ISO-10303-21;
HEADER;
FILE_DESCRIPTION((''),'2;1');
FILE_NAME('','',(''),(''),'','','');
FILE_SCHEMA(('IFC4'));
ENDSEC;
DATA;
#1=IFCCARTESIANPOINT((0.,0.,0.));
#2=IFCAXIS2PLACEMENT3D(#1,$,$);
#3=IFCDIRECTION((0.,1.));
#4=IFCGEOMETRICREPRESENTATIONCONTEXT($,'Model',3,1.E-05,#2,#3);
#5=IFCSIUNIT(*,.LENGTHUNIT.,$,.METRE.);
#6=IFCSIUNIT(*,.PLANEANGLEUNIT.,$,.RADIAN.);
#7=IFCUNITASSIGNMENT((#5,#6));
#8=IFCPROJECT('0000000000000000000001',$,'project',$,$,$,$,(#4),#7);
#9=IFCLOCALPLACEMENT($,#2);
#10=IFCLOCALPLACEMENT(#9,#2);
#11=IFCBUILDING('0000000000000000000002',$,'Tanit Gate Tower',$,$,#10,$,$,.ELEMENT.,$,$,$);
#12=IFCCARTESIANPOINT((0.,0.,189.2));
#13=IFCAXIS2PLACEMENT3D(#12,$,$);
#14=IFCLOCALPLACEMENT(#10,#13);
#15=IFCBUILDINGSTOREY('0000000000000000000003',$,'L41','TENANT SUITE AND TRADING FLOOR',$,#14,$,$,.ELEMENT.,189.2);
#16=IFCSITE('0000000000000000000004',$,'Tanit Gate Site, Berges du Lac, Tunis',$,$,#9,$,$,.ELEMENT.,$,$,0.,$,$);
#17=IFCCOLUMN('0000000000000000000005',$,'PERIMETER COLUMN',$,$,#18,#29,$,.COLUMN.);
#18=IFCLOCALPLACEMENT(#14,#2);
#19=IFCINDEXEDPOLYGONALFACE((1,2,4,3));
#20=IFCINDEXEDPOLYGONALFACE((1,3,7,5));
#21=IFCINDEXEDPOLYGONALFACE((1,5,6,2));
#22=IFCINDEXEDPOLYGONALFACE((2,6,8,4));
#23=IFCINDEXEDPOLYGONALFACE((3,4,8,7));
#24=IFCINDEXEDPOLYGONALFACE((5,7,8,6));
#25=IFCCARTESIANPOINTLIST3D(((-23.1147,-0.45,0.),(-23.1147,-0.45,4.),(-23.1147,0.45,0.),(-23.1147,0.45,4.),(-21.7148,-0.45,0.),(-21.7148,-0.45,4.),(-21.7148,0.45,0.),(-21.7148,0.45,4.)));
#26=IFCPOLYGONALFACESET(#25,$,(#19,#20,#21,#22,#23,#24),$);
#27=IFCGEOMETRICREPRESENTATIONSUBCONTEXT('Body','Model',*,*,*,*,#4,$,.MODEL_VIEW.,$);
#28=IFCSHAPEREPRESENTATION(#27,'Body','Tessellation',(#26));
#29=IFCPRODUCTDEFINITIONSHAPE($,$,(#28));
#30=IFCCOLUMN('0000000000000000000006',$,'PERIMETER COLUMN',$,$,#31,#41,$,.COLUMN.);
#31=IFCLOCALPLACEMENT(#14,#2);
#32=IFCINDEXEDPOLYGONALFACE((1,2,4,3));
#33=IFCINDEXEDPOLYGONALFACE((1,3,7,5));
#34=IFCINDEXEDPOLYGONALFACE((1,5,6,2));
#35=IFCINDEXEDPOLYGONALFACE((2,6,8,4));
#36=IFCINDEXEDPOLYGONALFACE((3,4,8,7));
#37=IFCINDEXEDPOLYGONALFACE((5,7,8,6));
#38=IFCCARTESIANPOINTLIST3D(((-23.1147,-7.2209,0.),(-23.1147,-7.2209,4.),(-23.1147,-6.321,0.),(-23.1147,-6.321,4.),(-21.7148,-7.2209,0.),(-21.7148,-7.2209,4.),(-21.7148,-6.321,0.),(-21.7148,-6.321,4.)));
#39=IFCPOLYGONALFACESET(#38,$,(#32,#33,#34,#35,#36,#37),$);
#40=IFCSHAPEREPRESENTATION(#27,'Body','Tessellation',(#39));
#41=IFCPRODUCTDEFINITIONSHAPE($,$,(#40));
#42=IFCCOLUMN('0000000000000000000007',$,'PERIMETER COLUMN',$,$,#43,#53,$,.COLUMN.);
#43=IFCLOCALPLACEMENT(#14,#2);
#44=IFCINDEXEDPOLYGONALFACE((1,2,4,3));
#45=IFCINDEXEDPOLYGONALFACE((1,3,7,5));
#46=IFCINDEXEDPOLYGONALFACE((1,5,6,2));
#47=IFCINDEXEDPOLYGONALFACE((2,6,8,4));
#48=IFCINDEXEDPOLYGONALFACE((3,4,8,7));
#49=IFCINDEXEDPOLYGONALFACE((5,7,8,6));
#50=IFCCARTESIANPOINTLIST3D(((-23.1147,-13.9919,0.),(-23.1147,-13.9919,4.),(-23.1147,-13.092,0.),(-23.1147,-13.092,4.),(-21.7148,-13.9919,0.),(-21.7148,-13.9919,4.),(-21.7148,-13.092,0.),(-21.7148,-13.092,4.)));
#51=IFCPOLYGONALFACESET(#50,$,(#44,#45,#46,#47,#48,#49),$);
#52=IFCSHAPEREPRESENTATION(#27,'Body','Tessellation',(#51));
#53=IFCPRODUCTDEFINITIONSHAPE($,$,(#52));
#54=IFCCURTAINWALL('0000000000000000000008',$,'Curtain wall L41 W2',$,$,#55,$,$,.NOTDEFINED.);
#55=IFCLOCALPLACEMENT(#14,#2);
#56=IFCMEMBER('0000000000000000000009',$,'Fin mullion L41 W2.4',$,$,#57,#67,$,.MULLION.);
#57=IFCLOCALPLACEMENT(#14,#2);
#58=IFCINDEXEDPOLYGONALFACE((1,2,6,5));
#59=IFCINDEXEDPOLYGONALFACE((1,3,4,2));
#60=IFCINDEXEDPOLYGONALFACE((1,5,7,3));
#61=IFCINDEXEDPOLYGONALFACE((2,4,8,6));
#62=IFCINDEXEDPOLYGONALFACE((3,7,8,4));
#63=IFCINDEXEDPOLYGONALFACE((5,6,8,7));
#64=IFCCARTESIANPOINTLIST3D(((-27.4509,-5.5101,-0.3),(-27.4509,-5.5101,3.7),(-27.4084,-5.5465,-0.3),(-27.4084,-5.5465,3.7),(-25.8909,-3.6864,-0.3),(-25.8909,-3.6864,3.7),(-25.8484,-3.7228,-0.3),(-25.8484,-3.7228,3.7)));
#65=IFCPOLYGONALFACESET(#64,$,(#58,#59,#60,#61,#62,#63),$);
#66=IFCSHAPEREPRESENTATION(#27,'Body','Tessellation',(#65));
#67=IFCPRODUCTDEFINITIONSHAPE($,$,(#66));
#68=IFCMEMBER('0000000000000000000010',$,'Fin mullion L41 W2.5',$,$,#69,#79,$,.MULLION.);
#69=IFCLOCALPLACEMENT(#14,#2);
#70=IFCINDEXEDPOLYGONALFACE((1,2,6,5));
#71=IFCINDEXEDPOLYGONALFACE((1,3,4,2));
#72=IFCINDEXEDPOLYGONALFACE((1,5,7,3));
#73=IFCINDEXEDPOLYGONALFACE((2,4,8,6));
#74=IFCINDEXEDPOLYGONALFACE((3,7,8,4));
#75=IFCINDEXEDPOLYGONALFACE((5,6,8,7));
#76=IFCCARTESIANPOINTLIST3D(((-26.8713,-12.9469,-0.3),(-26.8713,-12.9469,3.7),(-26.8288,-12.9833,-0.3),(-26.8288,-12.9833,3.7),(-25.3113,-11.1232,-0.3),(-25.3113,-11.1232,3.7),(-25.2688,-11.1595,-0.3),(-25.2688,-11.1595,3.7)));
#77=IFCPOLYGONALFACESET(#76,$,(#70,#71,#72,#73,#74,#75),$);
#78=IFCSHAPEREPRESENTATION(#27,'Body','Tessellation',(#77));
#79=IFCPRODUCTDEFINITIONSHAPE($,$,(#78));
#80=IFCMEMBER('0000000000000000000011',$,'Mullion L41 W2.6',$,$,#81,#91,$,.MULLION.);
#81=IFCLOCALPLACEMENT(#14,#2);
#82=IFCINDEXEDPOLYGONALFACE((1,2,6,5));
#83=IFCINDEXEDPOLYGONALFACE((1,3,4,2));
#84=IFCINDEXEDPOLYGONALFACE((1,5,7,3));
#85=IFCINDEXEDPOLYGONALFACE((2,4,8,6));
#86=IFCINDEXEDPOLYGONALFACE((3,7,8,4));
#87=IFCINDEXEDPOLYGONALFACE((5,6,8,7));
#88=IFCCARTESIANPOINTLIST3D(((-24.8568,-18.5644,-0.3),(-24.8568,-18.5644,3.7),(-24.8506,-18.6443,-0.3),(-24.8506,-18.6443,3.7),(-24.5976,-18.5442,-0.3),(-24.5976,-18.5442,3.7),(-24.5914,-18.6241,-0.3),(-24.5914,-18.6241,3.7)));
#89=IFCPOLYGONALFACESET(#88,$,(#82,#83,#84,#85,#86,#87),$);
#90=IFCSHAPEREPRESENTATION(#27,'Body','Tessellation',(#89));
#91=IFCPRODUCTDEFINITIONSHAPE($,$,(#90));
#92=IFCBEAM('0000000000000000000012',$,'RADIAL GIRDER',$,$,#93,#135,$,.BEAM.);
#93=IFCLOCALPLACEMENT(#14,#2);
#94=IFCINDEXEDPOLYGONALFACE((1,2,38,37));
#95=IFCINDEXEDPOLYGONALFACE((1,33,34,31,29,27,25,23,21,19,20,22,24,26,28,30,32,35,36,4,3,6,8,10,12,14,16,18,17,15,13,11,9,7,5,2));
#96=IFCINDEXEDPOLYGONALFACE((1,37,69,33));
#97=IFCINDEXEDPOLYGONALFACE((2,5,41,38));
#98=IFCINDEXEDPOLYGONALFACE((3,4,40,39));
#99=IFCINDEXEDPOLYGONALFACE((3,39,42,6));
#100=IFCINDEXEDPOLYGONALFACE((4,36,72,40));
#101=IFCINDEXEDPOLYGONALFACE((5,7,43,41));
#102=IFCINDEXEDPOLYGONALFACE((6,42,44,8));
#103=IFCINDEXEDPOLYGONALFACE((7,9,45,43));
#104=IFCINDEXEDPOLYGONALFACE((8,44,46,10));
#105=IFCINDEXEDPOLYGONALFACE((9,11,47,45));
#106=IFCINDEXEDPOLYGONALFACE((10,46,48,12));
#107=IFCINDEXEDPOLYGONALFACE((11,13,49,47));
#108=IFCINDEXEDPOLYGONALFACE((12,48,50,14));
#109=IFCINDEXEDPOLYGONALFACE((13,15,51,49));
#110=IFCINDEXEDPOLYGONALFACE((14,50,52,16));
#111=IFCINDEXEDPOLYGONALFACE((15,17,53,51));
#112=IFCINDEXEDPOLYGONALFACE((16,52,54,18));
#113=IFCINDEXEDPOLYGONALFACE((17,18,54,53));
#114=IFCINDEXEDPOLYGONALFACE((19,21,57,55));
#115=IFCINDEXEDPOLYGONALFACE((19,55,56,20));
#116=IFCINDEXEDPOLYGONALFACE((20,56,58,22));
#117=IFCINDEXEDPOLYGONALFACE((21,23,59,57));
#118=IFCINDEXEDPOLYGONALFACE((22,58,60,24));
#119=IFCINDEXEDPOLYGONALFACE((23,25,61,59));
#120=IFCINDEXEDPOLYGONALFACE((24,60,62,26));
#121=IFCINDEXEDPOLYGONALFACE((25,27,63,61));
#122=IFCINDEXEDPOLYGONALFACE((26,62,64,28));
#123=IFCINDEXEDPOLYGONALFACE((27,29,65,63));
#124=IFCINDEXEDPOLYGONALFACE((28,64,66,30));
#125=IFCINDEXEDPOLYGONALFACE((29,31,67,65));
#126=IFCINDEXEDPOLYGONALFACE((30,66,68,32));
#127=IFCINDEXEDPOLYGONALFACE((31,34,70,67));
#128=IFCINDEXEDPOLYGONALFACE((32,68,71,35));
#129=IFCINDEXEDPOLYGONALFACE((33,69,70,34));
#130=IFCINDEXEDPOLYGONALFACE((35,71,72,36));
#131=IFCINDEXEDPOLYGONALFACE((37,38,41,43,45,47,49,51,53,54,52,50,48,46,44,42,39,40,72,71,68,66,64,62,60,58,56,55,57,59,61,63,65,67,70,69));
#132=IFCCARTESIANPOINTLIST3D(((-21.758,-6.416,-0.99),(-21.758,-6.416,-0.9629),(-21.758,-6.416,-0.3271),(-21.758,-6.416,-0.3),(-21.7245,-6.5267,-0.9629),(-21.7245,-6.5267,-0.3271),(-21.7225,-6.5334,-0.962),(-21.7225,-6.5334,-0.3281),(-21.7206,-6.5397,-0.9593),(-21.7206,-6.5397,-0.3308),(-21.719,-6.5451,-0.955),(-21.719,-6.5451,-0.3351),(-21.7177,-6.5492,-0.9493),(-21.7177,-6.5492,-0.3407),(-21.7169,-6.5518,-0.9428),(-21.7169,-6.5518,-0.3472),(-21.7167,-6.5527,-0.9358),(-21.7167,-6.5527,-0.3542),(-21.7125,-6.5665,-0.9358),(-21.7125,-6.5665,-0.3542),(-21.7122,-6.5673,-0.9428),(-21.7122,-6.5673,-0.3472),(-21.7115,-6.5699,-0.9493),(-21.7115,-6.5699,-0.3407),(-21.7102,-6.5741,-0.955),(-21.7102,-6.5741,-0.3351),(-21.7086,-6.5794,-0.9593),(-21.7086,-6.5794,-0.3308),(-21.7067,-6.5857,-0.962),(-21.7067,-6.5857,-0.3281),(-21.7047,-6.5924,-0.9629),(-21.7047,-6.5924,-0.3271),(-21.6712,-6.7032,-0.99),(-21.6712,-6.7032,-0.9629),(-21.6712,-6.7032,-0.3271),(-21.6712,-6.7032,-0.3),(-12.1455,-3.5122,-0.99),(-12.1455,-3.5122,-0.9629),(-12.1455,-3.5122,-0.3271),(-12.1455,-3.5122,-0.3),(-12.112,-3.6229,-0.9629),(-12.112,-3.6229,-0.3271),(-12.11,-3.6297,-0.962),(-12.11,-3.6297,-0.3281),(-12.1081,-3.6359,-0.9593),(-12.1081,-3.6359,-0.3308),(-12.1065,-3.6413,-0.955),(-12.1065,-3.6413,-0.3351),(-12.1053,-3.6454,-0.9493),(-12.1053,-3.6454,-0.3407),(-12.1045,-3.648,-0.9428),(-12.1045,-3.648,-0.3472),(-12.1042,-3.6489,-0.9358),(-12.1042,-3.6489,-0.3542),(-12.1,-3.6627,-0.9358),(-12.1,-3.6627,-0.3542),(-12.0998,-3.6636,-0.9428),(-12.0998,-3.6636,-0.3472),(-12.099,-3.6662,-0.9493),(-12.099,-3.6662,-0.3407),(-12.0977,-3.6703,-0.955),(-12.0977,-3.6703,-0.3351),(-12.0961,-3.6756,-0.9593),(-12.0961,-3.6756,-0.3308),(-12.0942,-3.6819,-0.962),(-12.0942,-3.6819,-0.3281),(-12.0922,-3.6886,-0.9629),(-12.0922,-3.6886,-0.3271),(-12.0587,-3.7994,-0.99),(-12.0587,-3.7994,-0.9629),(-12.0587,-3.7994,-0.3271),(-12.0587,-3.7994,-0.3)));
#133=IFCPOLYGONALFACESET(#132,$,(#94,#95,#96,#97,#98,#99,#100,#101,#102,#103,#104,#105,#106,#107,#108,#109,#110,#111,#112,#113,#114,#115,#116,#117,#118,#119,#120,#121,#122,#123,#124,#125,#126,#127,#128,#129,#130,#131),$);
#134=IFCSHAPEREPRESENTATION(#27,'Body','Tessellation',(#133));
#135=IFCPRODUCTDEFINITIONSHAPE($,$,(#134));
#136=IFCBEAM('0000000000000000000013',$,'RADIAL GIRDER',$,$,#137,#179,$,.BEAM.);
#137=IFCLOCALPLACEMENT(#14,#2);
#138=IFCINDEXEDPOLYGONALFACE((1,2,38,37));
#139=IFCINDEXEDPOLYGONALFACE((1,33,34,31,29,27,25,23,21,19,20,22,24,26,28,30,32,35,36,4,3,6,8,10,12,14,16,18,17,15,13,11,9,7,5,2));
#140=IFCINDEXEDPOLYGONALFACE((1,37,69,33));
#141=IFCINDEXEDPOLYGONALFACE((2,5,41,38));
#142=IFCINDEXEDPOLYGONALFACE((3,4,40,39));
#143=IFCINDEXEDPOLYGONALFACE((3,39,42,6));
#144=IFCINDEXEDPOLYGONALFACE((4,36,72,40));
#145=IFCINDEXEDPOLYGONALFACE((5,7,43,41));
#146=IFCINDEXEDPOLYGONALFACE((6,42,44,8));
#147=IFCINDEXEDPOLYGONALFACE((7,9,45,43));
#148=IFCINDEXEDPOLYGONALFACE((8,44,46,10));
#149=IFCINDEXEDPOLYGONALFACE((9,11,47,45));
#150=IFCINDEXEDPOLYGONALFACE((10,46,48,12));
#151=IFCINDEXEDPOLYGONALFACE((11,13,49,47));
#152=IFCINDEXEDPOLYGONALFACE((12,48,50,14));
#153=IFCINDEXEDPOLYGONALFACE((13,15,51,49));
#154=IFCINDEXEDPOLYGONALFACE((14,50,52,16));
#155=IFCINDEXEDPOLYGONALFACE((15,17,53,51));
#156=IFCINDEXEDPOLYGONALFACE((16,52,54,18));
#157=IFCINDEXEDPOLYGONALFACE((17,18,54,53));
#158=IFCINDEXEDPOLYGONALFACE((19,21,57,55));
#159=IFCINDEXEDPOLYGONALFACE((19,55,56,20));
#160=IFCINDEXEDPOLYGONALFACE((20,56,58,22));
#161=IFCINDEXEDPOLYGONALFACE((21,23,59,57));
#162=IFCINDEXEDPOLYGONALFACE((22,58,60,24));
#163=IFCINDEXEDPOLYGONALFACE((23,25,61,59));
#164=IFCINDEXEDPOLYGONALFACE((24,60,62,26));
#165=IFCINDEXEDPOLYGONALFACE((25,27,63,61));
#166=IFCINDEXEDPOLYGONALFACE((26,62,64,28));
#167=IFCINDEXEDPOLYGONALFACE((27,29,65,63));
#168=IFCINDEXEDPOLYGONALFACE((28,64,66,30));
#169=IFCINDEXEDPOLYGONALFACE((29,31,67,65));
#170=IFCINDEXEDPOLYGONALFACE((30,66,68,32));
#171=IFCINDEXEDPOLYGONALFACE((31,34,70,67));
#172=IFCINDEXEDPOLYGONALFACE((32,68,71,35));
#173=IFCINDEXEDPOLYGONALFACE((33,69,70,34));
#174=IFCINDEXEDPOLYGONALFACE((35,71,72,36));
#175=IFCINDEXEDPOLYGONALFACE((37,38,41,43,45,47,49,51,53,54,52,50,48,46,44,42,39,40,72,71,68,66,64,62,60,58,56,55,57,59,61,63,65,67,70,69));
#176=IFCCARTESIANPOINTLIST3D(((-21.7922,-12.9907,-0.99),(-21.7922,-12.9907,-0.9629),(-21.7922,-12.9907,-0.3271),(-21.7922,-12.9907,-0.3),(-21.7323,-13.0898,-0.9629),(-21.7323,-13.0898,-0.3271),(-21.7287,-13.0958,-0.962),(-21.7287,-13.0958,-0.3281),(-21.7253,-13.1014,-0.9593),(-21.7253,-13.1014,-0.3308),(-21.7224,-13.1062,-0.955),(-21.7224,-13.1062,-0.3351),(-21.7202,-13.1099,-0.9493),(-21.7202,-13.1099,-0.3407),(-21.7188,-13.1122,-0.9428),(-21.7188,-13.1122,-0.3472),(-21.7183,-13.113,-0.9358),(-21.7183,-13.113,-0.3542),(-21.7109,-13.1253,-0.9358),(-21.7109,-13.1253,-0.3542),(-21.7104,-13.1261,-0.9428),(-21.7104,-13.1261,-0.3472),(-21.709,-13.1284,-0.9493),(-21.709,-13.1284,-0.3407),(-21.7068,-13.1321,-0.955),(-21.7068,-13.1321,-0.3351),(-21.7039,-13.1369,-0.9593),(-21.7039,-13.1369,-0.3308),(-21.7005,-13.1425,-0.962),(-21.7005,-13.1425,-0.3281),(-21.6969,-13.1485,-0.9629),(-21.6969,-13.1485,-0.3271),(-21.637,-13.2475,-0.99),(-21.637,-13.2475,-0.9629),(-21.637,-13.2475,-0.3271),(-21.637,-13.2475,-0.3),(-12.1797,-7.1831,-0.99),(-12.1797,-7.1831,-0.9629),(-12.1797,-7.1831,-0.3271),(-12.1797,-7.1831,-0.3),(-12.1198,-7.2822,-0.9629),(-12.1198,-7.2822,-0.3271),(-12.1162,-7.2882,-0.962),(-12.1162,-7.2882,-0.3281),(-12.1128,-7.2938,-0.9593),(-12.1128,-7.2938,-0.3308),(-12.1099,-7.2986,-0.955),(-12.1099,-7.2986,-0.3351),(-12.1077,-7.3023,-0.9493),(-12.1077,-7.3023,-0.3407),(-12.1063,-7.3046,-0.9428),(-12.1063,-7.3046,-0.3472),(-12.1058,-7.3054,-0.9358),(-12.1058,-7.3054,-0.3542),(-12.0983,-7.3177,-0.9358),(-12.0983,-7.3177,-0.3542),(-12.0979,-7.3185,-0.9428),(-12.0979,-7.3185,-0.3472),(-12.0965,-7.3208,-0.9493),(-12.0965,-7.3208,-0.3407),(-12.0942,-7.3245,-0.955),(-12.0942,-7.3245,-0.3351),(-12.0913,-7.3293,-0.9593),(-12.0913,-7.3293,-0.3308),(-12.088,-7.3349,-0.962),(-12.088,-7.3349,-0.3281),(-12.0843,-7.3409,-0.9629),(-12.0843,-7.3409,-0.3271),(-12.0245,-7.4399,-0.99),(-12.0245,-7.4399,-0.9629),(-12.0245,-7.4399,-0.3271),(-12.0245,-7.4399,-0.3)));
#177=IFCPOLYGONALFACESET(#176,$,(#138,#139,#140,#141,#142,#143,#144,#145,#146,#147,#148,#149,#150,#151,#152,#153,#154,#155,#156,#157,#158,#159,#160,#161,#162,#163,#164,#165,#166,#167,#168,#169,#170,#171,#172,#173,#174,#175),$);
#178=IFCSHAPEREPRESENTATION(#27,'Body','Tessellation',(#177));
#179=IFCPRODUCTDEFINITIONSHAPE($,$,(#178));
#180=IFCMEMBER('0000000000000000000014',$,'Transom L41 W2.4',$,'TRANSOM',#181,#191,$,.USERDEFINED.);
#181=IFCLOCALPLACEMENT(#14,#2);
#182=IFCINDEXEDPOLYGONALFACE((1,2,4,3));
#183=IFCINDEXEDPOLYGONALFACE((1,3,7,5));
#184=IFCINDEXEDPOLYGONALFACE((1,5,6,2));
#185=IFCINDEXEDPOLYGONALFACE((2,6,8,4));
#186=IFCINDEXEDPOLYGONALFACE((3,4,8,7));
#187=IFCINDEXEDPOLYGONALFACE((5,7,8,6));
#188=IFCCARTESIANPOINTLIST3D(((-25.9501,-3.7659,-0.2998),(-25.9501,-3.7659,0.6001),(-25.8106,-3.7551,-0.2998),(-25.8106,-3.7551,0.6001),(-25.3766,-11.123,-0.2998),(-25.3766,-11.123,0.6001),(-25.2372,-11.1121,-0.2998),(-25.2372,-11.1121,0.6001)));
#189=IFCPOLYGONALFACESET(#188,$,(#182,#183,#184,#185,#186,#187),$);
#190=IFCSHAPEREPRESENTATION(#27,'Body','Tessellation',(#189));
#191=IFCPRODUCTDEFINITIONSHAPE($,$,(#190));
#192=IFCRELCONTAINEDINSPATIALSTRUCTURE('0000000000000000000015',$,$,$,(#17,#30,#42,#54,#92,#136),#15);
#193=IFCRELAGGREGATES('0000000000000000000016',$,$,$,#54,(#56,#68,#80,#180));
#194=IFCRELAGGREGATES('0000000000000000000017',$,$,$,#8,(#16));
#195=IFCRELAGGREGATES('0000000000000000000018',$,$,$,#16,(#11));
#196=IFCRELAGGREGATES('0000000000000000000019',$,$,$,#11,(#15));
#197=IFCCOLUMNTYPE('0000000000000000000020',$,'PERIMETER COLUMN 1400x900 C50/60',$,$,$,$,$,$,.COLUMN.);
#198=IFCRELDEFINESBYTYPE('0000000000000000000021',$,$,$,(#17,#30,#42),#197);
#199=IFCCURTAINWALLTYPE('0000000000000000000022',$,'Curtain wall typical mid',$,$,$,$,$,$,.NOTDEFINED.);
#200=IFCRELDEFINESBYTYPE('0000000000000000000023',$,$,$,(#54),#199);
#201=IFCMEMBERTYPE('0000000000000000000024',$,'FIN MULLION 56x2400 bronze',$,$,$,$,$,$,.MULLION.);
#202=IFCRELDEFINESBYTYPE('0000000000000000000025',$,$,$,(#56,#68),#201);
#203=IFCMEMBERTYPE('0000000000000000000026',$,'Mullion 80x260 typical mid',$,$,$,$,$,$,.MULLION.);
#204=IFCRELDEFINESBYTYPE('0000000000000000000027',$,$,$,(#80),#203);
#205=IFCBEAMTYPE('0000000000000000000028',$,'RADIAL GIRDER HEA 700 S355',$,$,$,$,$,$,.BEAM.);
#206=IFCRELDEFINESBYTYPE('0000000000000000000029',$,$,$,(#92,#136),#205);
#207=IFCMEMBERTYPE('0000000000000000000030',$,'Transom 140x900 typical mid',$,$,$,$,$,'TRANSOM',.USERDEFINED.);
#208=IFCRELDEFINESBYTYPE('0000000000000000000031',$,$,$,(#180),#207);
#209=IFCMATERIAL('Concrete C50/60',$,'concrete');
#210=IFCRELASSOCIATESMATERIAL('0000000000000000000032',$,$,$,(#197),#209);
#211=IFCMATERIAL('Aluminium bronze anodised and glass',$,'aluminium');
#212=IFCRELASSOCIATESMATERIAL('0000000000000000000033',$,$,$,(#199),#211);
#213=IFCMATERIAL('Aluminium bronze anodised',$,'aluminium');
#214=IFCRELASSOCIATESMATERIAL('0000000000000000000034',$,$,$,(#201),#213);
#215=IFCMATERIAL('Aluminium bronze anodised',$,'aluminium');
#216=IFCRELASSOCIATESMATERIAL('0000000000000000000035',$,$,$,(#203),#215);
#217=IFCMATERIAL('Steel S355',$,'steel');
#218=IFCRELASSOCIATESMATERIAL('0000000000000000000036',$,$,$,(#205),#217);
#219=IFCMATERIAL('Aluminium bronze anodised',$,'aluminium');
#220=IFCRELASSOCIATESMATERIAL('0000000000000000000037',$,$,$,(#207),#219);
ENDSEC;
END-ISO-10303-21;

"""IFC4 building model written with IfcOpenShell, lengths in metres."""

from ifc_helpers import new_model, si_unit, direction, frame, origin, origin_2d, place, context, subcontext, project, spatial, rectangle, i_section, extrude, material, material_profile, profile_set, type_object, element, aggregate, save


model = new_model("IFC4")

# Units and contexts
model_context = context("Model", 3, precision=1e-05, world=origin(), true_north=direction((0.0, 1.0)))
body_context = subcontext(model_context, "Body", "Model", "MODEL_VIEW")
ifc_project = project(units=[si_unit("LENGTHUNIT", "METRE"), si_unit("PLANEANGLEUNIT", "RADIAN")], contexts=[model_context])

# Site, building, storey
site_placement = place(None, origin())
site = spatial("IfcSite", under=ifc_project, at=site_placement, Name="Tanit Gate Site, Berges du Lac, Tunis", CompositionType="ELEMENT", RefElevation=0.0)
building_placement = place(site_placement, origin())
building = spatial("IfcBuilding", under=site, at=building_placement, Name="Tanit Gate Tower", CompositionType="ELEMENT")
storey_placement = place(building_placement, frame((0.0, 0.0, 189.2)))
storey = spatial("IfcBuildingStorey", under=building, at=storey_placement, Name="L41", Description="TENANT SUITE AND TRADING FLOOR", CompositionType="ELEMENT", Elevation=189.2)

# Columns
ifc_material_1 = material(Name="Concrete C50/60", Category="concrete")
ifc_material_profile_1 = material_profile(ifc_material_1, rectangle(XDim=1.3999, YDim=0.8999, at=origin_2d()), Name="RC 1400x900")
ifc_profile_set_1 = profile_set([ifc_material_profile_1], Name="Concrete C50/60")
column_type = type_object("IfcColumnType", Name="PERIMETER COLUMN 1400x900 C50/60", PredefinedType="COLUMN", material=ifc_profile_set_1)
for number, where, z_axis, x_axis, name in (
    (1, (-22.4148, 0.0, 0.0), (0.0, 0.0, 1.0), (-1.0, 0.0, 0.0), "PERIMETER COLUMN"),
    (2, (-22.4148, -6.771, 0.0), (0.0, 0.0, 1.0), (-1.0, 0.0, 0.0), "PERIMETER COLUMN"),
    (3, (-22.4148, -13.542, 0.0), (0.0, 0.0, 1.0), (-1.0, 0.0, 0.0), "PERIMETER COLUMN"),
):
    element("IfcColumn", number, at=place(storey_placement, frame(where, z_axis=z_axis, x_axis=x_axis)), inside=storey, type_object=column_type, Name=name, PredefinedType="COLUMN", context=body_context, shape_type="SweptSolid", body=[
        extrude(rectangle(XDim=1.3999, YDim=0.8999, at=origin_2d()), origin(), (0.0, 0.0, 1.0), 4.0),
    ])

# Curtain wall, members
ifc_material_2 = material(Name="Aluminium bronze anodised and glass", Category="aluminium")
curtain_wall_type = type_object("IfcCurtainWallType", Name="Curtain wall typical mid", PredefinedType="NOTDEFINED", material=ifc_material_2)
curtain_wall_1_placement = place(storey_placement, origin())
curtain_wall_1 = element("IfcCurtainWall", 4, at=curtain_wall_1_placement, inside=storey, type_object=curtain_wall_type, Name="Curtain wall L41 W2", PredefinedType="NOTDEFINED")
ifc_material_3 = material(Name="Aluminium bronze anodised", Category="aluminium")
ifc_material_profile_2 = material_profile(ifc_material_3, rectangle(XDim=2.3999, YDim=0.0559, at=origin_2d()), Name="56x2400 bronze fin mullion")
ifc_profile_set_2 = profile_set([ifc_material_profile_2], Name="Aluminium bronze anodised")
member_type_1 = type_object("IfcMemberType", Name="FIN MULLION 56x2400 bronze", PredefinedType="MULLION", material=ifc_profile_set_2)
member_1_placement = place(storey_placement, frame((-26.6497, -4.6165, -0.3), z_axis=(0.0, 0.0, 1.0), x_axis=(0.650026, 0.759912, 0.0)))
member_1 = element("IfcMember", 5, at=member_1_placement, type_object=member_type_1, Name="Fin mullion L41 W2.4", PredefinedType="MULLION", context=body_context, shape_type="SweptSolid", body=[
    extrude(rectangle(XDim=2.3999, YDim=0.0559, at=origin_2d()), origin(), (0.0, 0.0, 1.0), 4.0),
])
member_2_placement = place(storey_placement, frame((-26.0701, -12.0532, -0.3), z_axis=(0.0, 0.0, 1.0), x_axis=(0.650026, 0.759912, 0.0)))
member_2 = element("IfcMember", 6, at=member_2_placement, type_object=member_type_1, Name="Fin mullion L41 W2.5", PredefinedType="MULLION", context=body_context, shape_type="SweptSolid", body=[
    extrude(rectangle(XDim=2.3999, YDim=0.0559, at=origin_2d()), origin(), (0.0, 0.0, 1.0), 4.0),
])
ifc_material_4 = material(Name="Aluminium bronze anodised", Category="aluminium")
ifc_material_profile_3 = material_profile(ifc_material_4, rectangle(XDim=0.26, YDim=0.0801, at=origin_2d()), Name="80x260 bronze mullion")
ifc_profile_set_3 = profile_set([ifc_material_profile_3], Name="Aluminium bronze anodised")
member_type_2 = type_object("IfcMemberType", Name="Mullion 80x260 typical mid", PredefinedType="MULLION", material=ifc_profile_set_3)
member_3_placement = place(storey_placement, frame((-24.7241, -18.5942, -0.3), z_axis=(0.0, 0.0, 1.0), x_axis=(0.996977, 0.077701, 0.0)))
member_3 = element("IfcMember", 7, at=member_3_placement, type_object=member_type_2, Name="Mullion L41 W2.6", PredefinedType="MULLION", context=body_context, shape_type="SweptSolid", body=[
    extrude(rectangle(XDim=0.26, YDim=0.0801, at=origin_2d()), origin(), (0.0, 0.0, 1.0), 4.0),
])

# Beams
ifc_material_5 = material(Name="Steel S355", Category="steel")
ifc_material_profile_4 = material_profile(ifc_material_5, i_section(OverallWidth=0.3, OverallDepth=0.6899, WebThickness=0.0144, FlangeThickness=0.0271, FilletRadius=0.0271, at=origin_2d()), Name="HEA 700")
ifc_profile_set_4 = profile_set([ifc_material_profile_4], Name="Steel S355")
beam_type = type_object("IfcBeamType", Name="RADIAL GIRDER HEA 700 S355", PredefinedType="BEAM", material=ifc_profile_set_4)
beam_1_placement = place(storey_placement, frame((-21.7146, -6.5596, -0.645), z_axis=(0.957275, 0.289179, 0.0), x_axis=(-0.289179, 0.957275, 0.0)))
element("IfcBeam", 8, at=beam_1_placement, inside=storey, type_object=beam_type, Name="RADIAL GIRDER", PredefinedType="BEAM", context=body_context, shape_type="SweptSolid", body=[
    extrude(i_section(OverallWidth=0.3, OverallDepth=0.6899, WebThickness=0.0144, FlangeThickness=0.0271, FilletRadius=0.0271, at=origin_2d()), origin(), (0.0, 0.0, 1.0), 10.0415),
])
beam_2_placement = place(storey_placement, frame((-21.7146, -13.1191, -0.645), z_axis=(0.855914, 0.517118, 0.0), x_axis=(-0.517118, 0.855914, 0.0)))
element("IfcBeam", 9, at=beam_2_placement, inside=storey, type_object=beam_type, Name="RADIAL GIRDER", PredefinedType="BEAM", context=body_context, shape_type="SweptSolid", body=[
    extrude(i_section(OverallWidth=0.3, OverallDepth=0.6899, WebThickness=0.0144, FlangeThickness=0.0271, FilletRadius=0.0271, at=origin_2d()), origin(), (0.0, 0.0, 1.0), 11.2307),
])

# Member
ifc_material_6 = material(Name="Aluminium bronze anodised", Category="aluminium")
ifc_material_profile_5 = material_profile(ifc_material_6, rectangle(XDim=0.1399, YDim=0.8999, at=origin_2d()), Name="140x900 bronze transom")
ifc_profile_set_5 = profile_set([ifc_material_profile_5], Name="Aluminium bronze anodised")
member_type_3 = type_object("IfcMemberType", Name="Transom 140x900 typical mid", ElementType="TRANSOM", PredefinedType="USERDEFINED", material=ifc_profile_set_5)
member_4_placement = place(storey_placement, frame((-25.8804, -3.7605, 0.1501), z_axis=(0.077713, -0.996976, 0.0), x_axis=(0.996976, 0.077713, 0.0)))
member_4 = element("IfcMember", 10, at=member_4_placement, type_object=member_type_3, Name="Transom L41 W2.4", ObjectType="TRANSOM", PredefinedType="USERDEFINED", context=body_context, shape_type="SweptSolid", body=[
    extrude(rectangle(XDim=0.1399, YDim=0.8999, at=origin_2d()), origin(), (0.0, 0.0, 1.0), 7.3794),
])

aggregate(curtain_wall_1, [member_1, member_2, member_3, member_4])

save(model, "model.ifc")
